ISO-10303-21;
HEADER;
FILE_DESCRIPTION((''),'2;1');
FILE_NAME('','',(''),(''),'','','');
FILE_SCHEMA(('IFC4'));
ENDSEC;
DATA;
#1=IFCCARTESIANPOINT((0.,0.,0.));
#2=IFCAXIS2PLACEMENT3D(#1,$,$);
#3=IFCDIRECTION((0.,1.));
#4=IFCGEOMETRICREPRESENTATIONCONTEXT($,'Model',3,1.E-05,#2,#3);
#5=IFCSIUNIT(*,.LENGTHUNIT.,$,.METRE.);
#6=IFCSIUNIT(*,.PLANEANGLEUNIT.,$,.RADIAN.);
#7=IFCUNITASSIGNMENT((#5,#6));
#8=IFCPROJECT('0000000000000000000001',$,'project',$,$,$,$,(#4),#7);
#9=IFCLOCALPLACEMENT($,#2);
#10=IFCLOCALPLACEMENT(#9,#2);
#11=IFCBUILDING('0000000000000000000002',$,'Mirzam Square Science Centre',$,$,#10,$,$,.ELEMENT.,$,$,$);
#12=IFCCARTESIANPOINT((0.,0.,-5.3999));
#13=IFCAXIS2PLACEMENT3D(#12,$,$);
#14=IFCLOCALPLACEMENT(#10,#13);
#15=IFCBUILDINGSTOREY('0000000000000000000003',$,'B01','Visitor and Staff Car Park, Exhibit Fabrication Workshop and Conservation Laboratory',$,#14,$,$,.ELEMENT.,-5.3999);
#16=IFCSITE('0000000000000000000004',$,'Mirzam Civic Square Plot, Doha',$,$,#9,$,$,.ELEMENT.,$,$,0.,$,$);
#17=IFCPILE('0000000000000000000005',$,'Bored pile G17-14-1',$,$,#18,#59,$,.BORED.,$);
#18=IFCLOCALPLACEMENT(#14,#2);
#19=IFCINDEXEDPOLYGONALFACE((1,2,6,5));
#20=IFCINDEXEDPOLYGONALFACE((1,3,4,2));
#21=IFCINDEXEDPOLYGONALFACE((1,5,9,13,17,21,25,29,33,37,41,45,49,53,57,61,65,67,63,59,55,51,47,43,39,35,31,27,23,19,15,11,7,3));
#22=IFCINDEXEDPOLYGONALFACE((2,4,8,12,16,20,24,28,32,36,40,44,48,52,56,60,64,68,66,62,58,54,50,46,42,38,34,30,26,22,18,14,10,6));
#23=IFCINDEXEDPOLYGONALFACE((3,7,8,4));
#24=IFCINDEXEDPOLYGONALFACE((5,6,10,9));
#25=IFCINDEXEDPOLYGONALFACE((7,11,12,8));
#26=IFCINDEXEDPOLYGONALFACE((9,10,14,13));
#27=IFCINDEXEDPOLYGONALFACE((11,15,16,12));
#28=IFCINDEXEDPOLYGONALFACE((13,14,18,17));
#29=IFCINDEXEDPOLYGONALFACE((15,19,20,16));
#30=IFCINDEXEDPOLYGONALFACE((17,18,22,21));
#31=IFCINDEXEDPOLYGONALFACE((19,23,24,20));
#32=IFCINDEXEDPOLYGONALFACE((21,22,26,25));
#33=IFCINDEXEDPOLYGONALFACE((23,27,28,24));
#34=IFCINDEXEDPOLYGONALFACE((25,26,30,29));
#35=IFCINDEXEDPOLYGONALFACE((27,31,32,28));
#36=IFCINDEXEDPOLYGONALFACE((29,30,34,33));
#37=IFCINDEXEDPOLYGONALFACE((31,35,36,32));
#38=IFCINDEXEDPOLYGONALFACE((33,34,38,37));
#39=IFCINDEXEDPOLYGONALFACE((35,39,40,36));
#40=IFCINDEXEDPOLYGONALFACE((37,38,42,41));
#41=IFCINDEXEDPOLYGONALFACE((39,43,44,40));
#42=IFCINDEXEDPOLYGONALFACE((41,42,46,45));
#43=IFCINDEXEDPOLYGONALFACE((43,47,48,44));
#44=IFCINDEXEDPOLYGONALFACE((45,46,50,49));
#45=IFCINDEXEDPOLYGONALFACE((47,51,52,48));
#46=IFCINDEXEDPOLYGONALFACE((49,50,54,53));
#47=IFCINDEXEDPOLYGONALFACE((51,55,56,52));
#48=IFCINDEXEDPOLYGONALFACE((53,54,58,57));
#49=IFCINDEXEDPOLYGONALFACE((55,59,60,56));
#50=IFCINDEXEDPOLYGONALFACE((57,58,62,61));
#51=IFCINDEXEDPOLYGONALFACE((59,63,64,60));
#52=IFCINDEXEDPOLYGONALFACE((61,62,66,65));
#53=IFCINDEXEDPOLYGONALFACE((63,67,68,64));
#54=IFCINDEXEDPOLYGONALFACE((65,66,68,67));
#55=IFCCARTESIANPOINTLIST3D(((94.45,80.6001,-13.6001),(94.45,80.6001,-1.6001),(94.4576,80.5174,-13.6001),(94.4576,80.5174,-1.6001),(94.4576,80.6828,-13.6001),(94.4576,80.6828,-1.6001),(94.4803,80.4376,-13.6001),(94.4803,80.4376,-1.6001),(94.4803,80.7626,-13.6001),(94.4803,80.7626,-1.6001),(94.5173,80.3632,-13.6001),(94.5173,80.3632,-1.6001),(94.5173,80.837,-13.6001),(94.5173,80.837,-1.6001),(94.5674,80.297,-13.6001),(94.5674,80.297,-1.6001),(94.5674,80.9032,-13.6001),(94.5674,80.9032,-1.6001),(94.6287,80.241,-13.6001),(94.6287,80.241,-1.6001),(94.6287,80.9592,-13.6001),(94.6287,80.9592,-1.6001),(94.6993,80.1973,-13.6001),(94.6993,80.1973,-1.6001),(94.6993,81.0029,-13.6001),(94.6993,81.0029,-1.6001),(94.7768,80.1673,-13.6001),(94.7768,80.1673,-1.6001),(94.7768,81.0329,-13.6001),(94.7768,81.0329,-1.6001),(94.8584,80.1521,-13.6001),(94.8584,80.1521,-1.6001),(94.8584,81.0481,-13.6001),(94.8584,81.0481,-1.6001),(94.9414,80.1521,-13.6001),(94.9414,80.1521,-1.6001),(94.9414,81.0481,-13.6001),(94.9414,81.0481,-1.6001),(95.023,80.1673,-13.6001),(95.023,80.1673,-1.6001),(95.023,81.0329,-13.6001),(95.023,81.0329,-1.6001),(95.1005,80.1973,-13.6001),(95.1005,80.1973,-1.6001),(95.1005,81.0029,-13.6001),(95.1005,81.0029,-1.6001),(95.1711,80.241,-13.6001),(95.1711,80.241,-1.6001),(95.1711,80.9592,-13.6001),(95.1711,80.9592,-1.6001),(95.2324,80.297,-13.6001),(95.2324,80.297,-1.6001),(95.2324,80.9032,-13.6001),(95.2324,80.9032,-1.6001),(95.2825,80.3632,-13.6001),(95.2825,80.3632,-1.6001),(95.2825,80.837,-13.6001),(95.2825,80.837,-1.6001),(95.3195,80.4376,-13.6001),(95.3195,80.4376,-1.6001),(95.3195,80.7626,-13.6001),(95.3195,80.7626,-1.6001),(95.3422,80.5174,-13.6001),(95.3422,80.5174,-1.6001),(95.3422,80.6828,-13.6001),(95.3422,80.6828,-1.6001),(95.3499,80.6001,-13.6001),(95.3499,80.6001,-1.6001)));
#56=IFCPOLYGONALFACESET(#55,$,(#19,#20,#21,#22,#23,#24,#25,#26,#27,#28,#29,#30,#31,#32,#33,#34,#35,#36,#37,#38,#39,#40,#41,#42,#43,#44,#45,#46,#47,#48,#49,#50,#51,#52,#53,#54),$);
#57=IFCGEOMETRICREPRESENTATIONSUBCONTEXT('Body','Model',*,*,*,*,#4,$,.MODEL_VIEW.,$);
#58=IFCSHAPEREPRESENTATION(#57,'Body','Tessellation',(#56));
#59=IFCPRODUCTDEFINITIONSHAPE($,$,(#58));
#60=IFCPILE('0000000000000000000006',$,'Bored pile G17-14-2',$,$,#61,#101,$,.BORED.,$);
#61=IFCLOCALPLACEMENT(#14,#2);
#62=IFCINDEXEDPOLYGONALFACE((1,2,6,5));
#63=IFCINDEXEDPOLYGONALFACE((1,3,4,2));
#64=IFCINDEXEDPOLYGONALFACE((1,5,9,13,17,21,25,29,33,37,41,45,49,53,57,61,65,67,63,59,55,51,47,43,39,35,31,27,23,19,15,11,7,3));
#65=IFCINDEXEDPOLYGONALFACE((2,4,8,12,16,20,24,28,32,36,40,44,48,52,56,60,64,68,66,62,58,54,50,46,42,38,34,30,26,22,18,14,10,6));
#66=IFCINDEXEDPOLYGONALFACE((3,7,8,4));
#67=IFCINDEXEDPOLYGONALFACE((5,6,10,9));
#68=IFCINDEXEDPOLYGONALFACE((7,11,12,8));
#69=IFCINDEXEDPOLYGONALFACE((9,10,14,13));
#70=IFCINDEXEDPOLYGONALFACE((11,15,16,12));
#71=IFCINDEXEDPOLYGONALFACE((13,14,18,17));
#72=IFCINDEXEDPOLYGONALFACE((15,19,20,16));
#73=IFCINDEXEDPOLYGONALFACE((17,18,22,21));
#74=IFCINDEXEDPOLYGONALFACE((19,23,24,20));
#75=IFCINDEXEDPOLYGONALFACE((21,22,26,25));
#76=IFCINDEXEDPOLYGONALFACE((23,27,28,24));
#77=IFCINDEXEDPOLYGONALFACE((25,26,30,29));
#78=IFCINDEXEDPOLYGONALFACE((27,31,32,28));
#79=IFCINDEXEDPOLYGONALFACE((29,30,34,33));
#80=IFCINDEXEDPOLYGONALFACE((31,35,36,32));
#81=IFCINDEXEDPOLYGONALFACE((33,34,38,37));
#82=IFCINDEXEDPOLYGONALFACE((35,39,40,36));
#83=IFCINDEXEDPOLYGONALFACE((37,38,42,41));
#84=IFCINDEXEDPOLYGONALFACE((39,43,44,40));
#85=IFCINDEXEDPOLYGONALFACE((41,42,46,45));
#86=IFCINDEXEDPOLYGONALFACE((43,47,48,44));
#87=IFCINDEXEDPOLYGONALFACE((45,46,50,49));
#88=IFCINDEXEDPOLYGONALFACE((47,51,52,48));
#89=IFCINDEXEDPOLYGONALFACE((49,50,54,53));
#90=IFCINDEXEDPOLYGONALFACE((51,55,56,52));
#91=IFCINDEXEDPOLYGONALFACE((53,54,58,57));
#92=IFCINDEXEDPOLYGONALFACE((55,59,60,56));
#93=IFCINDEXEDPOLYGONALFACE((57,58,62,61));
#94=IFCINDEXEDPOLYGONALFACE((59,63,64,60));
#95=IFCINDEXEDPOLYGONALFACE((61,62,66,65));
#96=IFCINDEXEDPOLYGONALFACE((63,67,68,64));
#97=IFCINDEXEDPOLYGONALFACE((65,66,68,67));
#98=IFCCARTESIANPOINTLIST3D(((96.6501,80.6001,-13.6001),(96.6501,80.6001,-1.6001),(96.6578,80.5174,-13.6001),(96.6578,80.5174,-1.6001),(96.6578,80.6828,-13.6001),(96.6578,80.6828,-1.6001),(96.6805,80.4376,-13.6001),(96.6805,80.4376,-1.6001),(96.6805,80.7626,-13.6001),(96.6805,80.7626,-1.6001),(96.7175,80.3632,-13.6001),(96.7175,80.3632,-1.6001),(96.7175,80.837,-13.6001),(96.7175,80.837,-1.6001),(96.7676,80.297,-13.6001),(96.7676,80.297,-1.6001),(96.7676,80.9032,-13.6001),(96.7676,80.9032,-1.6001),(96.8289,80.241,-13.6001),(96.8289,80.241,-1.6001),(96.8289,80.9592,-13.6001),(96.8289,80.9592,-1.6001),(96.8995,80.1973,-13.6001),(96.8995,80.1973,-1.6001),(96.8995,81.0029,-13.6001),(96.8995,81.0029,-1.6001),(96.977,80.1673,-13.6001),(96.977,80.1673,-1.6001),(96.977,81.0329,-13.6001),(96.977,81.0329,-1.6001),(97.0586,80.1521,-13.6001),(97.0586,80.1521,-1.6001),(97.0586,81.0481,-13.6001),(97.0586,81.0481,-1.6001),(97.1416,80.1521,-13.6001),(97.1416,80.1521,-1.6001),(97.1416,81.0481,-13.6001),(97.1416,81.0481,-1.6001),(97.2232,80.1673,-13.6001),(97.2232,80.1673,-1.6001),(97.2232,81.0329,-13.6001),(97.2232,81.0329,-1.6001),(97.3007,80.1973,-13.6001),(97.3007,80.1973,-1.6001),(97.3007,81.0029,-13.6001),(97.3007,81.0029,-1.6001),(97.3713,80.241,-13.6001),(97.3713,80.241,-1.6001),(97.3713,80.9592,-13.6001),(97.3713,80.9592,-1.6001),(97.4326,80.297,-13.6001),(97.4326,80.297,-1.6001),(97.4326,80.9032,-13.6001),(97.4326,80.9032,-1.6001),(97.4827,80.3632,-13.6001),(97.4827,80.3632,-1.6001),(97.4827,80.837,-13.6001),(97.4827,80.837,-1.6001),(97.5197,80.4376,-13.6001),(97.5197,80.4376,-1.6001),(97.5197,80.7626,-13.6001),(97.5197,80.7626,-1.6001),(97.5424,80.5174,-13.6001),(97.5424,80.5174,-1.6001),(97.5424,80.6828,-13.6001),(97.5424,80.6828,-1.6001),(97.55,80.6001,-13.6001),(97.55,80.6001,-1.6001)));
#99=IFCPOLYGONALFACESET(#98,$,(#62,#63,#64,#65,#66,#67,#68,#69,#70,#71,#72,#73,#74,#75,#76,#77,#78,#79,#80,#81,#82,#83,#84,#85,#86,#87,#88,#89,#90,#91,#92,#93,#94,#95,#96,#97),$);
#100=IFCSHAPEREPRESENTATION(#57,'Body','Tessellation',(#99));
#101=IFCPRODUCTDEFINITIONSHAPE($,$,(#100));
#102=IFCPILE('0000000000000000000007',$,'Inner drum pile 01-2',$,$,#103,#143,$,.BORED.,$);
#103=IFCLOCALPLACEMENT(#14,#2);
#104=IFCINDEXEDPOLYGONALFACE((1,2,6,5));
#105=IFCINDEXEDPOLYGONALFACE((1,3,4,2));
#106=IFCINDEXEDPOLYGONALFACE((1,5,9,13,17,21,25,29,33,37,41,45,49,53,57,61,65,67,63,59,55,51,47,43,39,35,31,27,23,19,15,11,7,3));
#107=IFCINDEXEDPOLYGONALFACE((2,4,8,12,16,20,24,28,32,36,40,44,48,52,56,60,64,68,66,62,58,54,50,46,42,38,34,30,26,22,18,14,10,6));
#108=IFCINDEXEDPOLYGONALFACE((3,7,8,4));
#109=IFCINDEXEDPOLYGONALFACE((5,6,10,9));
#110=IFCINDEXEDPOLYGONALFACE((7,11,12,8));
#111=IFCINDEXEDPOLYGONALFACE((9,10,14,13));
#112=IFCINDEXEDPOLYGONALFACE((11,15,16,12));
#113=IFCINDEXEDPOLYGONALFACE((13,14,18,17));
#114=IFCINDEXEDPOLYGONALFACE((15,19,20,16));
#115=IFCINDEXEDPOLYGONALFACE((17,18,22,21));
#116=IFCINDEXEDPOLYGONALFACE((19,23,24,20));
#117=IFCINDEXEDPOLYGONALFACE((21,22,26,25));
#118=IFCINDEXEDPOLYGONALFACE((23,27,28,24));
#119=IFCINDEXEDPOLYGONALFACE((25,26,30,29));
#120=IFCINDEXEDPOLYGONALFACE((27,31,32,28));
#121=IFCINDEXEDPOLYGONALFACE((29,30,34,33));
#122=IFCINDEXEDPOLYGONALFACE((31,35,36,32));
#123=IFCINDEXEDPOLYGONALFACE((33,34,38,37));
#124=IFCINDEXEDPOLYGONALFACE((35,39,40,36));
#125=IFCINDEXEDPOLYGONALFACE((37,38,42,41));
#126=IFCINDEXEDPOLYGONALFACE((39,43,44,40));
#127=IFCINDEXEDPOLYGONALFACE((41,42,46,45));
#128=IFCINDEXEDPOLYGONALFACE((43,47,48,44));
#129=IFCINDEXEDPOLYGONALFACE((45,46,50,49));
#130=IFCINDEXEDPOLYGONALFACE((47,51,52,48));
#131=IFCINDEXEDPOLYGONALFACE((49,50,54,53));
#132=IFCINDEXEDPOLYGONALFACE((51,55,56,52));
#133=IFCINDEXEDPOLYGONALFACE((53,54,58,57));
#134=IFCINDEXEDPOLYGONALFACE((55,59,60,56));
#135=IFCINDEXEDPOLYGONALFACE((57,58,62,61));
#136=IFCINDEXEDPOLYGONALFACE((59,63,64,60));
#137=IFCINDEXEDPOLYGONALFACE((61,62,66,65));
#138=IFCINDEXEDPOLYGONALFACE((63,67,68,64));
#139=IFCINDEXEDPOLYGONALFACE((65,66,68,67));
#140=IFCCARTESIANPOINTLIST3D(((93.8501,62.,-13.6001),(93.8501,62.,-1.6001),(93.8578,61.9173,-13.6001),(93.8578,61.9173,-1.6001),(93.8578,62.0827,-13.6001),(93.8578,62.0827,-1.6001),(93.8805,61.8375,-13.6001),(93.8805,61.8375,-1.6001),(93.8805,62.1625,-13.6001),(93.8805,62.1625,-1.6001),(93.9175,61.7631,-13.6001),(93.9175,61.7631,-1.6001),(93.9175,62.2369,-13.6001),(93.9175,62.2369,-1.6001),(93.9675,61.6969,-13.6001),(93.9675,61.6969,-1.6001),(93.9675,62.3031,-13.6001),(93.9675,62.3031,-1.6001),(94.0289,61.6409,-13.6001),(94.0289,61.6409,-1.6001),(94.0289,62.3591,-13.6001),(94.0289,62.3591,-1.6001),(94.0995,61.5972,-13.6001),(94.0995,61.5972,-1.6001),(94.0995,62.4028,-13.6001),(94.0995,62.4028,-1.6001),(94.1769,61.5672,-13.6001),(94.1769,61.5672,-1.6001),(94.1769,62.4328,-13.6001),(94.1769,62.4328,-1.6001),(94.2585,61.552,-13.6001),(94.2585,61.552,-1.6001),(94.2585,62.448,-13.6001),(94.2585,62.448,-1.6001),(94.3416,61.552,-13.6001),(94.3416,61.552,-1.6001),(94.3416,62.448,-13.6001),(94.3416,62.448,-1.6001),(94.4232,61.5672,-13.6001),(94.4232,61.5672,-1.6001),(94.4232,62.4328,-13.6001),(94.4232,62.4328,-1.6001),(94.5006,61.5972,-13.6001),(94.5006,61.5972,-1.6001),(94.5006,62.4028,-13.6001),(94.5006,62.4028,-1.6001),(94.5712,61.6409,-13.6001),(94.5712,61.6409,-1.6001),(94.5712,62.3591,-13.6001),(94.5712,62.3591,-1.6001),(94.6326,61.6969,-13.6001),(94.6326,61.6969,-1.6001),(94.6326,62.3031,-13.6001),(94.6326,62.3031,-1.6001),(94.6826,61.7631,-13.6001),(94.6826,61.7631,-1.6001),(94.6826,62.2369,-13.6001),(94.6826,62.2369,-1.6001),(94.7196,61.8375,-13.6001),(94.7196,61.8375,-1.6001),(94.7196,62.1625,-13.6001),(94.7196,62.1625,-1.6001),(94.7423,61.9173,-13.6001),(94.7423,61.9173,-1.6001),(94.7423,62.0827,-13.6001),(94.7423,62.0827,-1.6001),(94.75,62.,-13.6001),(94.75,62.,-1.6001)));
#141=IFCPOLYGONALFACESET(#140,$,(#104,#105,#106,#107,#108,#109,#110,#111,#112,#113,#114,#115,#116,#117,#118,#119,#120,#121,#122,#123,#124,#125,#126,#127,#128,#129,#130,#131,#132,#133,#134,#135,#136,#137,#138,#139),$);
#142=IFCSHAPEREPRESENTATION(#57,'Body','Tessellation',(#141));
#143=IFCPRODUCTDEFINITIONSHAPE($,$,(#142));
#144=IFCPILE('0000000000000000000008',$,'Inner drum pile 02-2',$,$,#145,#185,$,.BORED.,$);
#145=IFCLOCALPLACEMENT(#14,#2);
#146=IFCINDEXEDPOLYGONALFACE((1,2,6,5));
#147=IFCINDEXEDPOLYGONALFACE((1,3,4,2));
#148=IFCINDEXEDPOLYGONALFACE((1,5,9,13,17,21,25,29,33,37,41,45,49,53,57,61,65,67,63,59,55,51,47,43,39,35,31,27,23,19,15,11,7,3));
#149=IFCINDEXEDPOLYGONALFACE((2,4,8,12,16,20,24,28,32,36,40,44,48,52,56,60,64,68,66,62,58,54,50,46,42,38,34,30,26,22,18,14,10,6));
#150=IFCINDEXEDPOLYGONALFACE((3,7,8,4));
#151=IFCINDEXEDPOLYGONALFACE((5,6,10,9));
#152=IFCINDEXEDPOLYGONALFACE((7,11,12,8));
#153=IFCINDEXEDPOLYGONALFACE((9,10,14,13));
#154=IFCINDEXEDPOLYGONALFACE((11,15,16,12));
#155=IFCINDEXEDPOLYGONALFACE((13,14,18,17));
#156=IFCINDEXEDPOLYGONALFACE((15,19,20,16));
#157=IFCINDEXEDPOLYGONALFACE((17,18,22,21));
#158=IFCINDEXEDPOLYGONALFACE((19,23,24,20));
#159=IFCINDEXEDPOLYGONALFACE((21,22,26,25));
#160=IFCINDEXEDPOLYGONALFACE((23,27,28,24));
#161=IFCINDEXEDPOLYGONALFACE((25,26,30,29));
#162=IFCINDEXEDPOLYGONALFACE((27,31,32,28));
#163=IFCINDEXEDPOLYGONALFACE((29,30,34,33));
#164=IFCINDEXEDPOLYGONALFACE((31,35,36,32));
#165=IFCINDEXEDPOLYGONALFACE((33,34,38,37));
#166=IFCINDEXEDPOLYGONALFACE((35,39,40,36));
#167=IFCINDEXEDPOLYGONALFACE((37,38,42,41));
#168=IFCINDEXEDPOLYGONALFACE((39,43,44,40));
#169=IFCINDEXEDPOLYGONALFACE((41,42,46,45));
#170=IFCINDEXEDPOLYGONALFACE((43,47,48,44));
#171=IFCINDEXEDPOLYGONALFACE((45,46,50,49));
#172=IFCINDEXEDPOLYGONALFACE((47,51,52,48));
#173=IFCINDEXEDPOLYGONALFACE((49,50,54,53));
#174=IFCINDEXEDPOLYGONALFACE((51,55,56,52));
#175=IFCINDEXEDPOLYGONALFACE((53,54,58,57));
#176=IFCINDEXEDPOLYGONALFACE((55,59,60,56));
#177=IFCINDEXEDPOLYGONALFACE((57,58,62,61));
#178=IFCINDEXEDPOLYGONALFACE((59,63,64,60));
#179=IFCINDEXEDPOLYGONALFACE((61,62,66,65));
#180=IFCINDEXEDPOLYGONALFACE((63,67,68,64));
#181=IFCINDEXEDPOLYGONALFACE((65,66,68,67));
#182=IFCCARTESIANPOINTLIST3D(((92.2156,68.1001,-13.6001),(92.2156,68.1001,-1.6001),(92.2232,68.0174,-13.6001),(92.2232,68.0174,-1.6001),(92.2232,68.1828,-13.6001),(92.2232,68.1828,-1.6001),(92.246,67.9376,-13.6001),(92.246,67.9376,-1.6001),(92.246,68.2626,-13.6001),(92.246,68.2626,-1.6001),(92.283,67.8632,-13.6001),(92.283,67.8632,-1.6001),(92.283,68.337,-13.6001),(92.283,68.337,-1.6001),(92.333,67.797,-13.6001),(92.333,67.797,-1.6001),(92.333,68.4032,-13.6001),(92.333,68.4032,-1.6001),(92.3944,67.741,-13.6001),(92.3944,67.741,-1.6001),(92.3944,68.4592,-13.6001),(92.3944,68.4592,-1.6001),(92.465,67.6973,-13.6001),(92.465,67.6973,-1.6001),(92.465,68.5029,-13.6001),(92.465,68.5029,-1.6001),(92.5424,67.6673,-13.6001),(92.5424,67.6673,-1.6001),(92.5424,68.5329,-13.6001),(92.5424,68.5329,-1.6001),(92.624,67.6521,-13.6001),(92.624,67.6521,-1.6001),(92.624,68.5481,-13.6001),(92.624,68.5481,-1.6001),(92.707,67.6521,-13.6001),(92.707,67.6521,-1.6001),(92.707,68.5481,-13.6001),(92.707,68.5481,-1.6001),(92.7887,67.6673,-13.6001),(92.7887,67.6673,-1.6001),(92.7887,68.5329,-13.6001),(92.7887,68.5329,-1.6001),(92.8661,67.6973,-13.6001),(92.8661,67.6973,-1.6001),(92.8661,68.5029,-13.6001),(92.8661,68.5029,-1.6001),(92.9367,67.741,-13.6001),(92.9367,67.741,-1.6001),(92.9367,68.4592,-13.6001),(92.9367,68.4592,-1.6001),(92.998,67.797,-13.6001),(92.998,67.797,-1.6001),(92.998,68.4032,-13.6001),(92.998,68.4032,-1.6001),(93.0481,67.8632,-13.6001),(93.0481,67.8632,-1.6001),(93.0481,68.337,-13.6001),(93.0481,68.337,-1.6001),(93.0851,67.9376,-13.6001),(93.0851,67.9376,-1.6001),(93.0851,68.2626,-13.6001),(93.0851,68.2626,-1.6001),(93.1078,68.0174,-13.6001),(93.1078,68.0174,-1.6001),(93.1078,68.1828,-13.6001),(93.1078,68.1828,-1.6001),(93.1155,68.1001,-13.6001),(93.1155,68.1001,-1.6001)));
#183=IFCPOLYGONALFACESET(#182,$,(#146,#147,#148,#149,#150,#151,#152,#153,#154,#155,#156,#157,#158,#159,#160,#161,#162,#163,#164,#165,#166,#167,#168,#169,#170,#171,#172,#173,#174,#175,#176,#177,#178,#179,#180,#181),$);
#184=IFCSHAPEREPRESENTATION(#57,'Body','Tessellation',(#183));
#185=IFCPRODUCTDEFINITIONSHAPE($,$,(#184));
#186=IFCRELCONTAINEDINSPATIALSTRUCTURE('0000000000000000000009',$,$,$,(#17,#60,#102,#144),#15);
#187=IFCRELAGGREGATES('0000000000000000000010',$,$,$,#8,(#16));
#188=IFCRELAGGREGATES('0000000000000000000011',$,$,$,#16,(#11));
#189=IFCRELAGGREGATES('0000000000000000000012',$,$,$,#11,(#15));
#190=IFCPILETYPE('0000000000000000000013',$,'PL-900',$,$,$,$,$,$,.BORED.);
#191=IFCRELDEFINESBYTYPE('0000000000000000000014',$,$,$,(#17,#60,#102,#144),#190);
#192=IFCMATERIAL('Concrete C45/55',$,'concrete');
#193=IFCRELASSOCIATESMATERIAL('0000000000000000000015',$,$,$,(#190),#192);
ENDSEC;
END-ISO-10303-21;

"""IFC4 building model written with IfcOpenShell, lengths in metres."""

from ifc_helpers import new_model, si_unit, direction, frame, origin, origin_2d, place, context, subcontext, project, spatial, circle, extrude, material, material_profile, profile_set, type_object, element, save


model = new_model("IFC4")

# Units and contexts
model_context = context("Model", 3, precision=1e-05, world=origin(), true_north=direction((0.0, 1.0)))
body_context = subcontext(model_context, "Body", "Model", "MODEL_VIEW")
ifc_project = project(units=[si_unit("LENGTHUNIT", "METRE"), si_unit("PLANEANGLEUNIT", "RADIAN")], contexts=[model_context])

# Site, building, storey
site_placement = place(None, origin())
site = spatial("IfcSite", under=ifc_project, at=site_placement, Name="Mirzam Civic Square Plot, Doha", CompositionType="ELEMENT", RefElevation=0.0)
building_placement = place(site_placement, origin())
building = spatial("IfcBuilding", under=site, at=building_placement, Name="Mirzam Square Science Centre", CompositionType="ELEMENT")
storey_placement = place(building_placement, frame((0.0, 0.0, -5.3999)))
storey = spatial("IfcBuildingStorey", under=building, at=storey_placement, Name="B01", Description="Visitor and Staff Car Park, Exhibit Fabrication Workshop and Conservation Laboratory", CompositionType="ELEMENT", Elevation=-5.3999)

# Shared definitions
ifc_material_1 = material(Name="Concrete C45/55", Category="concrete")

# Piles
ifc_material_profile_1 = material_profile(ifc_material_1, circle(Radius=0.45, at=origin_2d()), Name="PILE-D900")
ifc_profile_set_1 = profile_set([ifc_material_profile_1], Name="Concrete C45/55")
pile_type_1 = type_object("IfcPileType", Name="PL-900", PredefinedType="BORED", material=ifc_profile_set_1)
for number, where, z_axis, x_axis, name in (
    (1, (94.8999, 80.6001, -1.6001), (0.0, 0.0, -1.0), (1.0, 0.0, 0.0), "Bored pile G17-14-1"),
    (2, (97.1001, 80.6001, -1.6001), (0.0, 0.0, -1.0), (1.0, 0.0, 0.0), "Bored pile G17-14-2"),
    (3, (94.3, 62.0, -1.6001), (0.0, 0.0, -1.0), (1.0, 0.0, 0.0), "Inner drum pile 01-2"),
    (4, (92.6655, 68.1001, -1.6001), (0.0, 0.0, -1.0), (1.0, 0.0, 0.0), "Inner drum pile 02-2"),
):
    element("IfcPile", number, at=place(storey_placement, frame(where, z_axis=z_axis, x_axis=x_axis)), inside=storey, type_object=pile_type_1, Name=name, PredefinedType="BORED", context=body_context, shape_type="SweptSolid", body=[
        extrude(circle(Radius=0.45, at=origin_2d()), origin(), (0.0, 0.0, 1.0), 12.0),
    ])

save(model, "model.ifc")
